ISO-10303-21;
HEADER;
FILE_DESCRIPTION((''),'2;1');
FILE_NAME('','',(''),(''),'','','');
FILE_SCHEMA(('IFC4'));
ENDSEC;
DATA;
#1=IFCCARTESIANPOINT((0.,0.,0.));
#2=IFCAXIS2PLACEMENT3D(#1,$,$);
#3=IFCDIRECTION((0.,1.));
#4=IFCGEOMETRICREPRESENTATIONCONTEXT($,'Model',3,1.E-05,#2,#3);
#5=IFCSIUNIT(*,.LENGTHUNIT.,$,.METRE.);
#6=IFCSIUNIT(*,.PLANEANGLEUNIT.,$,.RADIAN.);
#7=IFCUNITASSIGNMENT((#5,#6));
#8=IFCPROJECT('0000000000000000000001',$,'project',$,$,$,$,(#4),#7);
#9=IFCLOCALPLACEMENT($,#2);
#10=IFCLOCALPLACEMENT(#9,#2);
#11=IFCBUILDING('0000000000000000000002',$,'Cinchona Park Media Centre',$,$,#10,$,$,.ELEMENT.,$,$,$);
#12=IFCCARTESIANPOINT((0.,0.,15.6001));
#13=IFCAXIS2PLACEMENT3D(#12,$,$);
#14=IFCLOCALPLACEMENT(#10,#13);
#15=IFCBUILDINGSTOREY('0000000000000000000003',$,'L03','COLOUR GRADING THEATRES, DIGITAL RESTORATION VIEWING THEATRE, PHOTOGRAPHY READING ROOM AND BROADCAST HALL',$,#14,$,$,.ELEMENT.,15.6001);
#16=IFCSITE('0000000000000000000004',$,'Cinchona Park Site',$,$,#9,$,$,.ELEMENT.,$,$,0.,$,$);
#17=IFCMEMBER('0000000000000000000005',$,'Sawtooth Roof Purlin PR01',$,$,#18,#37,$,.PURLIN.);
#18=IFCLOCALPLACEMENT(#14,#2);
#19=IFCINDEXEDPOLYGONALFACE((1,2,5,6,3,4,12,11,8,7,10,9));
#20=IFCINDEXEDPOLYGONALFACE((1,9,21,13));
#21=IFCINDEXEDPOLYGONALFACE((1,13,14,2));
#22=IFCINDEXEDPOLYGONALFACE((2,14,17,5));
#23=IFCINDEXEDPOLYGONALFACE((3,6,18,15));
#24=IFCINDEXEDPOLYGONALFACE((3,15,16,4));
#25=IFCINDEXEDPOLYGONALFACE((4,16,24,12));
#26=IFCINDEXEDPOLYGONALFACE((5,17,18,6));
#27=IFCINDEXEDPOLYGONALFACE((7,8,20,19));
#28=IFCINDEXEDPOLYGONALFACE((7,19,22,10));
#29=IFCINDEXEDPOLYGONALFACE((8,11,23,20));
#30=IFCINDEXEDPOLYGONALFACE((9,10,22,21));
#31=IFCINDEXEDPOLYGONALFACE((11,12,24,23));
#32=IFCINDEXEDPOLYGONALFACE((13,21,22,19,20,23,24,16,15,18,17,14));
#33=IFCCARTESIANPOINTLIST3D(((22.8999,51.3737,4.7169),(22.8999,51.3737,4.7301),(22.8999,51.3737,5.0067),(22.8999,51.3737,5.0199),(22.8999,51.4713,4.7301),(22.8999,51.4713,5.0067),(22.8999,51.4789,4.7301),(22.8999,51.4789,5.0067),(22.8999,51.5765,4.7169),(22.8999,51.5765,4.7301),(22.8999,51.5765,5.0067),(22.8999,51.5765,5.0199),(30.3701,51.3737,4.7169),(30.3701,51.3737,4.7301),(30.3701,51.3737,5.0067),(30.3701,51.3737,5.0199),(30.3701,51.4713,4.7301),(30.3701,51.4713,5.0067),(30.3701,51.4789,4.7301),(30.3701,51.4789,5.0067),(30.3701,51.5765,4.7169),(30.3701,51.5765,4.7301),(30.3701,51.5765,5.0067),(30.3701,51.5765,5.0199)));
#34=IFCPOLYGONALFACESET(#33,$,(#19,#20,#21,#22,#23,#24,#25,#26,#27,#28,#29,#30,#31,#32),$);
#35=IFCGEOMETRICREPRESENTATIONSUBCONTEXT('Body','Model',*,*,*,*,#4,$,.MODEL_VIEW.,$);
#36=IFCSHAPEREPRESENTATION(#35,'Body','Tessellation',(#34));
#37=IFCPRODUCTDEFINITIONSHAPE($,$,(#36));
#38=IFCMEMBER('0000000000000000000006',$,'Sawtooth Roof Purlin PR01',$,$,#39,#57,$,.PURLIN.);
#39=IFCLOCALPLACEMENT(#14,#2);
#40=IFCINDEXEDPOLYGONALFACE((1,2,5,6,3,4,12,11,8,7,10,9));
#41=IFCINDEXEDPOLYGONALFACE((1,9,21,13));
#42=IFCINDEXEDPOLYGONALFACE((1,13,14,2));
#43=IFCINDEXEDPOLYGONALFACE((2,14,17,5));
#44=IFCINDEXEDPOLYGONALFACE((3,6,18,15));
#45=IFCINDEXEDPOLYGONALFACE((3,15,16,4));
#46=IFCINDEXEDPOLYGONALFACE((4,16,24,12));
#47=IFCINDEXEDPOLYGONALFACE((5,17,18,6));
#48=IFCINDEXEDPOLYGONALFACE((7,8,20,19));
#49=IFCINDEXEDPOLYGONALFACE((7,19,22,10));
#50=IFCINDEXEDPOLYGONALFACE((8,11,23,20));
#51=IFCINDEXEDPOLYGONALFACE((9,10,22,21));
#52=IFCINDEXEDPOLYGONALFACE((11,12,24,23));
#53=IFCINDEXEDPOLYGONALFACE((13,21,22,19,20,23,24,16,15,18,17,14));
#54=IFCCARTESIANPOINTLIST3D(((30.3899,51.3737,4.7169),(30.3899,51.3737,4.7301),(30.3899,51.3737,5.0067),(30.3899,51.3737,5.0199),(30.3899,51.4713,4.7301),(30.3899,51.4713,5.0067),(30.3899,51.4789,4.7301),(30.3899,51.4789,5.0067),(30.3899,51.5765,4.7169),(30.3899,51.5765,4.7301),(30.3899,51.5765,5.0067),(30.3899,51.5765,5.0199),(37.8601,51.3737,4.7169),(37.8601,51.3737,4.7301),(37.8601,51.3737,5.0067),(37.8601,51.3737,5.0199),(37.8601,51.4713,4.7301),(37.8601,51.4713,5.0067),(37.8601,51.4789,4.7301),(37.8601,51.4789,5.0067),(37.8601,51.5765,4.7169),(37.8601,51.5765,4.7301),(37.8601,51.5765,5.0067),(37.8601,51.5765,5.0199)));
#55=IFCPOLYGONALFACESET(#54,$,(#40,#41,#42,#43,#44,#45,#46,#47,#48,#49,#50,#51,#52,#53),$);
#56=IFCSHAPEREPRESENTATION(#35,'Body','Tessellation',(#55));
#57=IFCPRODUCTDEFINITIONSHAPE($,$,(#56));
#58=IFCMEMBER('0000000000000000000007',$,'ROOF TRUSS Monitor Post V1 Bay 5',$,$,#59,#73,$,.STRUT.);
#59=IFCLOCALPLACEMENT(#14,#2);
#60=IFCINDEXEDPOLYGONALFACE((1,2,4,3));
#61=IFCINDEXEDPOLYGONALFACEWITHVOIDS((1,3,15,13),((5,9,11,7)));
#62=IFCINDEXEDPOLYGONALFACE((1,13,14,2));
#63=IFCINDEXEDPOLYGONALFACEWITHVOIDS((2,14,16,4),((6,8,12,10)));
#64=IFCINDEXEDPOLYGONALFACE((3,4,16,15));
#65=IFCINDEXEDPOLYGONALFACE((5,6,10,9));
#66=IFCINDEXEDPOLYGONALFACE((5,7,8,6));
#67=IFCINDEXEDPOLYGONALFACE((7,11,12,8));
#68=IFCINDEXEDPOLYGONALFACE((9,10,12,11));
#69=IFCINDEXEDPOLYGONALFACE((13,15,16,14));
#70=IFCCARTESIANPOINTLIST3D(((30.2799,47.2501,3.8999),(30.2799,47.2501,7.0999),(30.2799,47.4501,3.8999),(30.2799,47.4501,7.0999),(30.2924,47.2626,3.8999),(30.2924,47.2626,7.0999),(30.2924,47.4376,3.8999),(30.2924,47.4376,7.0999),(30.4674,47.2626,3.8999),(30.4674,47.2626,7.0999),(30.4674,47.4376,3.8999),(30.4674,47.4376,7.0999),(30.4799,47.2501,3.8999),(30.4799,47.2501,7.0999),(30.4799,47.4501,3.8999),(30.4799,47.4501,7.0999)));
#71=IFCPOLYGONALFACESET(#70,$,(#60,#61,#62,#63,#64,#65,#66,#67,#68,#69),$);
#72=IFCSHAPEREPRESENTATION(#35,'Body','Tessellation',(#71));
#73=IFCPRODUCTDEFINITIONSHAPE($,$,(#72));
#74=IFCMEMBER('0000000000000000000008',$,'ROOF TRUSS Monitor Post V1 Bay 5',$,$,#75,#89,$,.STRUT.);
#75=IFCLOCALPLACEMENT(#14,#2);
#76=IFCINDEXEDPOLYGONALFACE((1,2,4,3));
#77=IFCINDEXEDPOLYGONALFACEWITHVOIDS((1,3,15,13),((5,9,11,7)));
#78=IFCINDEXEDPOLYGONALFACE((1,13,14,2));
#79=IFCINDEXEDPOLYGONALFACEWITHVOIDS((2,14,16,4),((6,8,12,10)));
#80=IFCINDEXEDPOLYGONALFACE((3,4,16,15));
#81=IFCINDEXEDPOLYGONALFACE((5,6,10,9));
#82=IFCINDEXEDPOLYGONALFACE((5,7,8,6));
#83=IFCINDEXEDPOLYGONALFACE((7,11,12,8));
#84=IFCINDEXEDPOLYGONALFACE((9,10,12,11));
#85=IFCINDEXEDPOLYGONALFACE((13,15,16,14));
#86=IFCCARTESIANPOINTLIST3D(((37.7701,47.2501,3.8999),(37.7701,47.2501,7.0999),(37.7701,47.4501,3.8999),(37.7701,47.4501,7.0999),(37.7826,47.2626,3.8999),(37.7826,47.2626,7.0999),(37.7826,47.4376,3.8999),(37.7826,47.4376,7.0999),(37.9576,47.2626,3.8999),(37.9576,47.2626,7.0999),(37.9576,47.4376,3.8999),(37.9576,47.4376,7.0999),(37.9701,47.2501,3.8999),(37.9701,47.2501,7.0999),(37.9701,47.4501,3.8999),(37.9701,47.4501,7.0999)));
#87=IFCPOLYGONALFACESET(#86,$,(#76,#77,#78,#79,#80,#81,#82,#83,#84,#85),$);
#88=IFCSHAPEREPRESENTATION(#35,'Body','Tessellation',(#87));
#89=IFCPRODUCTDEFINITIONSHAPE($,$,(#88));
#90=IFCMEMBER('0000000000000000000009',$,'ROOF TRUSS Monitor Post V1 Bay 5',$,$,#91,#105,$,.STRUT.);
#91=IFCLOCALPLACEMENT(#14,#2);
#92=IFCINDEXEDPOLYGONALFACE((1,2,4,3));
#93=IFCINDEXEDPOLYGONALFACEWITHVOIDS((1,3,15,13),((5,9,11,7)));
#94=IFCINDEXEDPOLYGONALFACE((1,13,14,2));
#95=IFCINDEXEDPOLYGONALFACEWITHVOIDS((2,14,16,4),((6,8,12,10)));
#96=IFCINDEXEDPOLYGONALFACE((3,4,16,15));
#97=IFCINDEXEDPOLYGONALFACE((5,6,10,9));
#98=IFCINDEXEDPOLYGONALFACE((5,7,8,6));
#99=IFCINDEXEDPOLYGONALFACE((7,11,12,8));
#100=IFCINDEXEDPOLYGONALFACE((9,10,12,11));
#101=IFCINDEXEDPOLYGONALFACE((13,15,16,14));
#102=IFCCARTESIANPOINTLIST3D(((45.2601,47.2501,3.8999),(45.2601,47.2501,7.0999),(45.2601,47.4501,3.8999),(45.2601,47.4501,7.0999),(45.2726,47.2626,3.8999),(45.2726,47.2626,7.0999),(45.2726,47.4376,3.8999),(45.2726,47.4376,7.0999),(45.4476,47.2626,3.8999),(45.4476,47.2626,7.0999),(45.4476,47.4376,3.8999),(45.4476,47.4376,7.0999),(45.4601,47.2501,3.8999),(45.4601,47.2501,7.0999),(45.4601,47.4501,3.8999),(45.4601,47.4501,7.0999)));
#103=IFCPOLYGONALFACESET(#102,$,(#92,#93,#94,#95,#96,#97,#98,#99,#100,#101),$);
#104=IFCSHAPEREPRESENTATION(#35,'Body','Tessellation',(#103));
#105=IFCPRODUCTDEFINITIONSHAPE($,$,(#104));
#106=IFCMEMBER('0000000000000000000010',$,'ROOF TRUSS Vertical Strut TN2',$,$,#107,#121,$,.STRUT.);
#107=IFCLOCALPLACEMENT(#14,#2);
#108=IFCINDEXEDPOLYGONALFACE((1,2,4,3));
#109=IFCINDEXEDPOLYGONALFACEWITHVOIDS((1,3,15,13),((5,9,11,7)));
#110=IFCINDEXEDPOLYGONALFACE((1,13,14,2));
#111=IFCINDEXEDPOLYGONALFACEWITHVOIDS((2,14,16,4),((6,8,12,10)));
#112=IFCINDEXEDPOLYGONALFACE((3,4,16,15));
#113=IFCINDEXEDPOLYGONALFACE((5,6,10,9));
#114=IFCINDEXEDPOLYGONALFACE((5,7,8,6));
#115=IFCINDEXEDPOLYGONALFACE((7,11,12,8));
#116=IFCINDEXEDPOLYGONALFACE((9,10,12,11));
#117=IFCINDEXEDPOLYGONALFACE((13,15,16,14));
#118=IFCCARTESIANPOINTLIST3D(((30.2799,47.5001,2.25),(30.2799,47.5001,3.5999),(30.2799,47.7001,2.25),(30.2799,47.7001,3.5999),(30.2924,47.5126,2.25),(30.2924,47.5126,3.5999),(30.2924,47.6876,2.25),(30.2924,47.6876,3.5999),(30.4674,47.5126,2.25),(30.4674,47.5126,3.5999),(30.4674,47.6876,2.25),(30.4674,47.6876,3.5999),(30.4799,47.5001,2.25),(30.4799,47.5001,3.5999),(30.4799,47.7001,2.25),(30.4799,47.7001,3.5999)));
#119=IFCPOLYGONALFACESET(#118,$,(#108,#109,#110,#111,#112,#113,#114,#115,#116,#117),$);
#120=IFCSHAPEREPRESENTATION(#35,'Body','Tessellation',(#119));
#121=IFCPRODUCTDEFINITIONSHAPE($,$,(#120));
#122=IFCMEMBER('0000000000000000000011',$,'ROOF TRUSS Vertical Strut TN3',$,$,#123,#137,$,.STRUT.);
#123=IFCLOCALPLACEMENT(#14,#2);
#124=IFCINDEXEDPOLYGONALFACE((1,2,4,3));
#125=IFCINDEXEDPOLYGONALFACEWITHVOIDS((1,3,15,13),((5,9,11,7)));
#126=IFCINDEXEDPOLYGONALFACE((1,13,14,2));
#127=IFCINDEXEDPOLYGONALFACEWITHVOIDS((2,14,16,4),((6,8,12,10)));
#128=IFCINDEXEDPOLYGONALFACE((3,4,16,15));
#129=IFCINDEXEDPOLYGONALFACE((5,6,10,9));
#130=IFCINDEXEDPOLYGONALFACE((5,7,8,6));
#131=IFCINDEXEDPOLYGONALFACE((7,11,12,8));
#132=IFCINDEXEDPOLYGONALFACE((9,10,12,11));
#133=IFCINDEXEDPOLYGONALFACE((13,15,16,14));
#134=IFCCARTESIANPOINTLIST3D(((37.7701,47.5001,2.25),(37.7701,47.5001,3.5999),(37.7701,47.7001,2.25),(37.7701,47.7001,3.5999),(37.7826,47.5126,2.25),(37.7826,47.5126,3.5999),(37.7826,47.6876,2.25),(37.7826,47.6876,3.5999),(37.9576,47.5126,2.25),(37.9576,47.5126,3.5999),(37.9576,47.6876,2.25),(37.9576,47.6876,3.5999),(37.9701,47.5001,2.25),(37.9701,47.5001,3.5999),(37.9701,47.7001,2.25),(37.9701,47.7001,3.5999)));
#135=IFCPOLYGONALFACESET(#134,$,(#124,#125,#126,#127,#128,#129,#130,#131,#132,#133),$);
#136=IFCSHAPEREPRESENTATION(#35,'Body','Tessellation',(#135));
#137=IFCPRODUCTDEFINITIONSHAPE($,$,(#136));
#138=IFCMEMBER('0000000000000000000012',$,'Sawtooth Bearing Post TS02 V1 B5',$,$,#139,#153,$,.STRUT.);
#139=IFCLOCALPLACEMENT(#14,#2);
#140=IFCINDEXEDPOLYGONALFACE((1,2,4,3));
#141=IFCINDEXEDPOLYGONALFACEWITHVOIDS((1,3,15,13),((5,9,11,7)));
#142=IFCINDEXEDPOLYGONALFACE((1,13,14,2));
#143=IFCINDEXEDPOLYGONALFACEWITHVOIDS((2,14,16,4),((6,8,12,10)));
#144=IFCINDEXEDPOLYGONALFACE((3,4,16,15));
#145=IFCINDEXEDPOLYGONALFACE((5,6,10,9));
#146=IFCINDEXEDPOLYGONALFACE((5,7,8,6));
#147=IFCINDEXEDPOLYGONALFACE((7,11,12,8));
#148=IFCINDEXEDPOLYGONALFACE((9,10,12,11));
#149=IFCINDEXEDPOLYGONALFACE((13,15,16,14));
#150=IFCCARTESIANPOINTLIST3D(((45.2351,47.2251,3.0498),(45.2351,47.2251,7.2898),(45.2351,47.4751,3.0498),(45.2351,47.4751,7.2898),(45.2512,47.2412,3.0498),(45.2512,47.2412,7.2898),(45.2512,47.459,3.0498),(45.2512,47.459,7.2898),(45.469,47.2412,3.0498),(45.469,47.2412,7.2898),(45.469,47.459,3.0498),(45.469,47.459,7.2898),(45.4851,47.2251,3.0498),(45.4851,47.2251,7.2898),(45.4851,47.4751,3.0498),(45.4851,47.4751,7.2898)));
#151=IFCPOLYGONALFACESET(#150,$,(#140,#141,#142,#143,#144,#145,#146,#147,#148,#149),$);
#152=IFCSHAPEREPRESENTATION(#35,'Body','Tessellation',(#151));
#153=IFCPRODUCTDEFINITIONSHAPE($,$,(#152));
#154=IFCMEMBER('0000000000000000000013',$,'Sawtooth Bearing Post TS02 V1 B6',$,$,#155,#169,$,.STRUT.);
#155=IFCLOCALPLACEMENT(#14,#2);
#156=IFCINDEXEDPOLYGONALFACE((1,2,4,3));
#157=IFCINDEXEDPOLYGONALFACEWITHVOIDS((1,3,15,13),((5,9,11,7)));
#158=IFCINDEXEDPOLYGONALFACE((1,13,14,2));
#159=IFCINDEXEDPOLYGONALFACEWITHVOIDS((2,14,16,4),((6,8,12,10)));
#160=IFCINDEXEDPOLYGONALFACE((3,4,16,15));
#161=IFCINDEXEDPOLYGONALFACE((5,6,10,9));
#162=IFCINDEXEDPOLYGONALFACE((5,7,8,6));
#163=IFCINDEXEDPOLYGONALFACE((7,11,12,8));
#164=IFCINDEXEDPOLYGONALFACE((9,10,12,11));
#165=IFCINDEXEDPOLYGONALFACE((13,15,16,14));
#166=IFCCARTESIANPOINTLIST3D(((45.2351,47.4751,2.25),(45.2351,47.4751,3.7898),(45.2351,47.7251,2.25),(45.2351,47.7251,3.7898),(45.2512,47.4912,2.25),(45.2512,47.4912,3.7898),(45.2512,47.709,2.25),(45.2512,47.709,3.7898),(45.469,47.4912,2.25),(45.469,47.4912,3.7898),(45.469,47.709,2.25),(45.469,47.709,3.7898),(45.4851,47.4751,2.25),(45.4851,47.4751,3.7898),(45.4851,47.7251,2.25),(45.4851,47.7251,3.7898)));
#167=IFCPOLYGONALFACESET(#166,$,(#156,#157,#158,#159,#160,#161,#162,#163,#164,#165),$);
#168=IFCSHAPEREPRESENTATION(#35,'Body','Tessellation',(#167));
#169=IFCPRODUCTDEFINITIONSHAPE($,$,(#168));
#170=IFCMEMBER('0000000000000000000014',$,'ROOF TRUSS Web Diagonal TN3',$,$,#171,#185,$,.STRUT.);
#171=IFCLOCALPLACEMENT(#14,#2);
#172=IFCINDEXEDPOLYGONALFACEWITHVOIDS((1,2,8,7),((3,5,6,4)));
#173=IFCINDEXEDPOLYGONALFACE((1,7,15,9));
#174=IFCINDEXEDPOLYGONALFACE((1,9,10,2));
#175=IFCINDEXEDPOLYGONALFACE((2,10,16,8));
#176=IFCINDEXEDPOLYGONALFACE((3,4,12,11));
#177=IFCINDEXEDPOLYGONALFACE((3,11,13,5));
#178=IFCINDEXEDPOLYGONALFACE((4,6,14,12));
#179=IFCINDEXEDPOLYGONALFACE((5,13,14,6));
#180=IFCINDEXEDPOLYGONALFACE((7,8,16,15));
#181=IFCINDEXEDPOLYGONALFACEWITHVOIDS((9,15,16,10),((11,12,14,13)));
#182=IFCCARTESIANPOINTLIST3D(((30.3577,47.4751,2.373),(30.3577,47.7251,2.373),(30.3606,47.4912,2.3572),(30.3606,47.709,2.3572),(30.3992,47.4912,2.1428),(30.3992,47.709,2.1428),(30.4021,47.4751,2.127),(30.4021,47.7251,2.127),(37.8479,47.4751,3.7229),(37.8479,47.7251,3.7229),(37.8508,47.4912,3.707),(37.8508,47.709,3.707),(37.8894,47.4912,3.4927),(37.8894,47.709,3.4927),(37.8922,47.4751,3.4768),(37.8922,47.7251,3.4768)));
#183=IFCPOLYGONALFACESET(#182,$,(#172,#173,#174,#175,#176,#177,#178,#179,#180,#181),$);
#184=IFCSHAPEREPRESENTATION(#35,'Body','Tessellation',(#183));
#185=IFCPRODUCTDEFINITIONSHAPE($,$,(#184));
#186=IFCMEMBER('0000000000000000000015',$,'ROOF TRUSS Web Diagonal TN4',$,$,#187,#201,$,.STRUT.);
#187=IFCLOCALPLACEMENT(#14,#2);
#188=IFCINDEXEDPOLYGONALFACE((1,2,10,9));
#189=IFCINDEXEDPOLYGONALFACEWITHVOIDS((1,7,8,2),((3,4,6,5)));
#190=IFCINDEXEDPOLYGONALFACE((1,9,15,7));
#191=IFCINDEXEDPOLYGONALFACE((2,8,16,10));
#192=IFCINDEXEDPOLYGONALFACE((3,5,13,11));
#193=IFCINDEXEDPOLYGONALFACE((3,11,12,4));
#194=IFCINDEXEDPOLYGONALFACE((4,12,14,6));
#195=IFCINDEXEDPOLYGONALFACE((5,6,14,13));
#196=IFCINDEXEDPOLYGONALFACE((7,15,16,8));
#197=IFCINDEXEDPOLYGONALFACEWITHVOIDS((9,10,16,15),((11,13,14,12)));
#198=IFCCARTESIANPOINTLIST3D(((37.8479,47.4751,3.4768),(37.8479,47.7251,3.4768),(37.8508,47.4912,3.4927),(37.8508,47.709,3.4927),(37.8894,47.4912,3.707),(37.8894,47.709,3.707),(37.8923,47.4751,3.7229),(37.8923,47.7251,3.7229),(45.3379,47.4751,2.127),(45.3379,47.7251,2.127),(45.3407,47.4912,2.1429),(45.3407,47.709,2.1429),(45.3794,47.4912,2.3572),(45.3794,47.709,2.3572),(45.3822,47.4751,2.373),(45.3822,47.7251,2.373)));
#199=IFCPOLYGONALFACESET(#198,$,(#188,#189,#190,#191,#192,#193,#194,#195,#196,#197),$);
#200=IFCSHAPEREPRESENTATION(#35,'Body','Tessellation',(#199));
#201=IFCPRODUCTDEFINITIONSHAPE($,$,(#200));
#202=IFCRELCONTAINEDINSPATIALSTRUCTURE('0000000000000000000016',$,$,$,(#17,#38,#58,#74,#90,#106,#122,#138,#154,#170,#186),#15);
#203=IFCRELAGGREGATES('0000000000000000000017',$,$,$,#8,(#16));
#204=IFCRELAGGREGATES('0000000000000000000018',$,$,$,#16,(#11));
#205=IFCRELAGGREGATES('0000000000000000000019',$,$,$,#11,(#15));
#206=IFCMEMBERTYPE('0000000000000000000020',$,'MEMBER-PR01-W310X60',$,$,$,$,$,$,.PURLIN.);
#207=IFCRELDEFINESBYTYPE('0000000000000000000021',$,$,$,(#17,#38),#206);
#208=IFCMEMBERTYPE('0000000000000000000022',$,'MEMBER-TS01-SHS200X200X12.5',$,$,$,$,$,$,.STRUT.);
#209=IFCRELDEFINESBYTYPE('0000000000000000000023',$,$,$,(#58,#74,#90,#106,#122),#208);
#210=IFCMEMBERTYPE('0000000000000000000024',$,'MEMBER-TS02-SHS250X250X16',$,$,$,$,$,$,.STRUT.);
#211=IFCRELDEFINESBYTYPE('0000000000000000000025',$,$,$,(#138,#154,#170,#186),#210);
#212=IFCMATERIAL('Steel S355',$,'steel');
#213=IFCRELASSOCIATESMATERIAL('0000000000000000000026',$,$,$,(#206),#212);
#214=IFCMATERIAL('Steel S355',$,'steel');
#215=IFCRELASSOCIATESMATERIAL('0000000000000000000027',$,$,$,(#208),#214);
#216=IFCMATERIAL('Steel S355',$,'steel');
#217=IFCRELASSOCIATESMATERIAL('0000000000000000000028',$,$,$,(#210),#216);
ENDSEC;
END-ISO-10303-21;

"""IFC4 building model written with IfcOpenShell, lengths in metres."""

from ifc_helpers import new_model, si_unit, direction, frame, origin, origin_2d, place, context, subcontext, project, spatial, hollow_rectangle, i_section, extrude, material, material_profile, profile_set, type_object, element, save


model = new_model("IFC4")

# Units and contexts
model_context = context("Model", 3, precision=1e-05, world=origin(), true_north=direction((0.0, 1.0)))
body_context = subcontext(model_context, "Body", "Model", "MODEL_VIEW")
ifc_project = project(units=[si_unit("LENGTHUNIT", "METRE"), si_unit("PLANEANGLEUNIT", "RADIAN")], contexts=[model_context])

# Site, building, storey
site_placement = place(None, origin())
site = spatial("IfcSite", under=ifc_project, at=site_placement, Name="Cinchona Park Site", CompositionType="ELEMENT", RefElevation=0.0)
building_placement = place(site_placement, origin())
building = spatial("IfcBuilding", under=site, at=building_placement, Name="Cinchona Park Media Centre", CompositionType="ELEMENT")
storey_placement = place(building_placement, frame((0.0, 0.0, 15.6001)))
storey = spatial("IfcBuildingStorey", under=building, at=storey_placement, Name="L03", Description="COLOUR GRADING THEATRES, DIGITAL RESTORATION VIEWING THEATRE, PHOTOGRAPHY READING ROOM AND BROADCAST HALL", CompositionType="ELEMENT", Elevation=15.6001)

# Members
ifc_material_1 = material(Name="Steel S355", Category="steel")
ifc_material_profile_1 = material_profile(ifc_material_1, i_section(OverallWidth=0.2029, OverallDepth=0.303, WebThickness=0.0076, FlangeThickness=0.0132, at=origin_2d()), Name="W310X60")
ifc_profile_set_1 = profile_set([ifc_material_profile_1], Name="Steel S355")
member_type_1 = type_object("IfcMemberType", Name="MEMBER-PR01-W310X60", PredefinedType="PURLIN", material=ifc_profile_set_1)
for number, where, z_axis, x_axis, name in (
    (1, (22.8999, 51.4751, 4.8684), (1.0, 0.0, 0.0), (0.0, 1.0, 0.0), "Sawtooth Roof Purlin PR01"),
    (2, (30.3899, 51.4751, 4.8684), (1.0, 0.0, 0.0), (0.0, 1.0, 0.0), "Sawtooth Roof Purlin PR01"),
):
    element("IfcMember", number, at=place(storey_placement, frame(where, z_axis=z_axis, x_axis=x_axis)), inside=storey, type_object=member_type_1, Name=name, PredefinedType="PURLIN", context=body_context, shape_type="SweptSolid", body=[
        extrude(i_section(OverallWidth=0.2029, OverallDepth=0.303, WebThickness=0.0076, FlangeThickness=0.0132, at=origin_2d()), origin(), (0.0, 0.0, 1.0), 7.4702),
    ])
ifc_material_2 = material(Name="Steel S355", Category="steel")
ifc_material_profile_2 = material_profile(ifc_material_2, hollow_rectangle(XDim=0.2, YDim=0.2, WallThickness=0.0125, at=origin_2d()), Name="200X200X12.5SHS")
ifc_profile_set_2 = profile_set([ifc_material_profile_2], Name="Steel S355")
member_type_2 = type_object("IfcMemberType", Name="MEMBER-TS01-SHS200X200X12.5", PredefinedType="STRUT", material=ifc_profile_set_2)
for number, where, z_axis, x_axis, name in (
    (3, (30.3799, 47.3501, 3.8999), (0.0, 0.0, 1.0), (1.0, 0.0, 0.0), "ROOF TRUSS Monitor Post V1 Bay 5"),
    (4, (37.8701, 47.3501, 3.8999), (0.0, 0.0, 1.0), (1.0, 0.0, 0.0), "ROOF TRUSS Monitor Post V1 Bay 5"),
    (5, (45.3601, 47.3501, 3.8999), (0.0, 0.0, 1.0), (1.0, 0.0, 0.0), "ROOF TRUSS Monitor Post V1 Bay 5"),
):
    element("IfcMember", number, at=place(storey_placement, frame(where, z_axis=z_axis, x_axis=x_axis)), inside=storey, type_object=member_type_2, Name=name, PredefinedType="STRUT", context=body_context, shape_type="SweptSolid", body=[
        extrude(hollow_rectangle(XDim=0.2, YDim=0.2, WallThickness=0.0125, at=origin_2d()), origin(), (0.0, 0.0, 1.0), 3.2),
    ])
for number, where, z_axis, x_axis, name in (
    (6, (30.3799, 47.6001, 2.25), (0.0, 0.0, 1.0), (1.0, 0.0, 0.0), "ROOF TRUSS Vertical Strut TN2"),
    (7, (37.8701, 47.6001, 2.25), (0.0, 0.0, 1.0), (1.0, 0.0, 0.0), "ROOF TRUSS Vertical Strut TN3"),
):
    element("IfcMember", number, at=place(storey_placement, frame(where, z_axis=z_axis, x_axis=x_axis)), inside=storey, type_object=member_type_2, Name=name, PredefinedType="STRUT", context=body_context, shape_type="SweptSolid", body=[
        extrude(hollow_rectangle(XDim=0.2, YDim=0.2, WallThickness=0.0125, at=origin_2d()), origin(), (0.0, 0.0, 1.0), 1.3499),
    ])
ifc_material_3 = material(Name="Steel S355", Category="steel")
ifc_material_profile_3 = material_profile(ifc_material_3, hollow_rectangle(XDim=0.25, YDim=0.25, WallThickness=0.0161, at=origin_2d()), Name="250X250X16SHS")
ifc_profile_set_3 = profile_set([ifc_material_profile_3], Name="Steel S355")
member_type_3 = type_object("IfcMemberType", Name="MEMBER-TS02-SHS250X250X16", PredefinedType="STRUT", material=ifc_profile_set_3)
member_1_placement = place(storey_placement, frame((45.3601, 47.3501, 3.0498), z_axis=(0.0, 0.0, 1.0), x_axis=(1.0, 0.0, 0.0)))
element("IfcMember", 8, at=member_1_placement, inside=storey, type_object=member_type_3, Name="Sawtooth Bearing Post TS02 V1 B5", PredefinedType="STRUT", context=body_context, shape_type="SweptSolid", body=[
    extrude(hollow_rectangle(XDim=0.25, YDim=0.25, WallThickness=0.0161, at=origin_2d()), origin(), (0.0, 0.0, 1.0), 4.24),
])
member_2_placement = place(storey_placement, frame((45.3601, 47.6001, 2.25), z_axis=(0.0, 0.0, 1.0), x_axis=(1.0, 0.0, 0.0)))
element("IfcMember", 9, at=member_2_placement, inside=storey, type_object=member_type_3, Name="Sawtooth Bearing Post TS02 V1 B6", PredefinedType="STRUT", context=body_context, shape_type="SweptSolid", body=[
    extrude(hollow_rectangle(XDim=0.25, YDim=0.25, WallThickness=0.0161, at=origin_2d()), origin(), (0.0, 0.0, 1.0), 1.5398),
])
member_3_placement = place(storey_placement, frame((30.3799, 47.6001, 2.25), z_axis=(0.984146, 0.0, 0.177358), x_axis=(0.0, 1.0, 0.0)))
element("IfcMember", 10, at=member_3_placement, inside=storey, type_object=member_type_3, Name="ROOF TRUSS Web Diagonal TN3", PredefinedType="STRUT", context=body_context, shape_type="SweptSolid", body=[
    extrude(hollow_rectangle(XDim=0.25, YDim=0.25, WallThickness=0.0161, at=origin_2d()), origin(), (0.0, 0.0, 1.0), 7.6108),
])
member_4_placement = place(storey_placement, frame((37.8701, 47.6001, 3.5999), z_axis=(0.984145, 0.0, -0.177364), x_axis=(0.0, 1.0, 0.0)))
element("IfcMember", 11, at=member_4_placement, inside=storey, type_object=member_type_3, Name="ROOF TRUSS Web Diagonal TN4", PredefinedType="STRUT", context=body_context, shape_type="SweptSolid", body=[
    extrude(hollow_rectangle(XDim=0.25, YDim=0.25, WallThickness=0.0161, at=origin_2d()), origin(), (0.0, 0.0, 1.0), 7.6106),
])

save(model, "model.ifc")
